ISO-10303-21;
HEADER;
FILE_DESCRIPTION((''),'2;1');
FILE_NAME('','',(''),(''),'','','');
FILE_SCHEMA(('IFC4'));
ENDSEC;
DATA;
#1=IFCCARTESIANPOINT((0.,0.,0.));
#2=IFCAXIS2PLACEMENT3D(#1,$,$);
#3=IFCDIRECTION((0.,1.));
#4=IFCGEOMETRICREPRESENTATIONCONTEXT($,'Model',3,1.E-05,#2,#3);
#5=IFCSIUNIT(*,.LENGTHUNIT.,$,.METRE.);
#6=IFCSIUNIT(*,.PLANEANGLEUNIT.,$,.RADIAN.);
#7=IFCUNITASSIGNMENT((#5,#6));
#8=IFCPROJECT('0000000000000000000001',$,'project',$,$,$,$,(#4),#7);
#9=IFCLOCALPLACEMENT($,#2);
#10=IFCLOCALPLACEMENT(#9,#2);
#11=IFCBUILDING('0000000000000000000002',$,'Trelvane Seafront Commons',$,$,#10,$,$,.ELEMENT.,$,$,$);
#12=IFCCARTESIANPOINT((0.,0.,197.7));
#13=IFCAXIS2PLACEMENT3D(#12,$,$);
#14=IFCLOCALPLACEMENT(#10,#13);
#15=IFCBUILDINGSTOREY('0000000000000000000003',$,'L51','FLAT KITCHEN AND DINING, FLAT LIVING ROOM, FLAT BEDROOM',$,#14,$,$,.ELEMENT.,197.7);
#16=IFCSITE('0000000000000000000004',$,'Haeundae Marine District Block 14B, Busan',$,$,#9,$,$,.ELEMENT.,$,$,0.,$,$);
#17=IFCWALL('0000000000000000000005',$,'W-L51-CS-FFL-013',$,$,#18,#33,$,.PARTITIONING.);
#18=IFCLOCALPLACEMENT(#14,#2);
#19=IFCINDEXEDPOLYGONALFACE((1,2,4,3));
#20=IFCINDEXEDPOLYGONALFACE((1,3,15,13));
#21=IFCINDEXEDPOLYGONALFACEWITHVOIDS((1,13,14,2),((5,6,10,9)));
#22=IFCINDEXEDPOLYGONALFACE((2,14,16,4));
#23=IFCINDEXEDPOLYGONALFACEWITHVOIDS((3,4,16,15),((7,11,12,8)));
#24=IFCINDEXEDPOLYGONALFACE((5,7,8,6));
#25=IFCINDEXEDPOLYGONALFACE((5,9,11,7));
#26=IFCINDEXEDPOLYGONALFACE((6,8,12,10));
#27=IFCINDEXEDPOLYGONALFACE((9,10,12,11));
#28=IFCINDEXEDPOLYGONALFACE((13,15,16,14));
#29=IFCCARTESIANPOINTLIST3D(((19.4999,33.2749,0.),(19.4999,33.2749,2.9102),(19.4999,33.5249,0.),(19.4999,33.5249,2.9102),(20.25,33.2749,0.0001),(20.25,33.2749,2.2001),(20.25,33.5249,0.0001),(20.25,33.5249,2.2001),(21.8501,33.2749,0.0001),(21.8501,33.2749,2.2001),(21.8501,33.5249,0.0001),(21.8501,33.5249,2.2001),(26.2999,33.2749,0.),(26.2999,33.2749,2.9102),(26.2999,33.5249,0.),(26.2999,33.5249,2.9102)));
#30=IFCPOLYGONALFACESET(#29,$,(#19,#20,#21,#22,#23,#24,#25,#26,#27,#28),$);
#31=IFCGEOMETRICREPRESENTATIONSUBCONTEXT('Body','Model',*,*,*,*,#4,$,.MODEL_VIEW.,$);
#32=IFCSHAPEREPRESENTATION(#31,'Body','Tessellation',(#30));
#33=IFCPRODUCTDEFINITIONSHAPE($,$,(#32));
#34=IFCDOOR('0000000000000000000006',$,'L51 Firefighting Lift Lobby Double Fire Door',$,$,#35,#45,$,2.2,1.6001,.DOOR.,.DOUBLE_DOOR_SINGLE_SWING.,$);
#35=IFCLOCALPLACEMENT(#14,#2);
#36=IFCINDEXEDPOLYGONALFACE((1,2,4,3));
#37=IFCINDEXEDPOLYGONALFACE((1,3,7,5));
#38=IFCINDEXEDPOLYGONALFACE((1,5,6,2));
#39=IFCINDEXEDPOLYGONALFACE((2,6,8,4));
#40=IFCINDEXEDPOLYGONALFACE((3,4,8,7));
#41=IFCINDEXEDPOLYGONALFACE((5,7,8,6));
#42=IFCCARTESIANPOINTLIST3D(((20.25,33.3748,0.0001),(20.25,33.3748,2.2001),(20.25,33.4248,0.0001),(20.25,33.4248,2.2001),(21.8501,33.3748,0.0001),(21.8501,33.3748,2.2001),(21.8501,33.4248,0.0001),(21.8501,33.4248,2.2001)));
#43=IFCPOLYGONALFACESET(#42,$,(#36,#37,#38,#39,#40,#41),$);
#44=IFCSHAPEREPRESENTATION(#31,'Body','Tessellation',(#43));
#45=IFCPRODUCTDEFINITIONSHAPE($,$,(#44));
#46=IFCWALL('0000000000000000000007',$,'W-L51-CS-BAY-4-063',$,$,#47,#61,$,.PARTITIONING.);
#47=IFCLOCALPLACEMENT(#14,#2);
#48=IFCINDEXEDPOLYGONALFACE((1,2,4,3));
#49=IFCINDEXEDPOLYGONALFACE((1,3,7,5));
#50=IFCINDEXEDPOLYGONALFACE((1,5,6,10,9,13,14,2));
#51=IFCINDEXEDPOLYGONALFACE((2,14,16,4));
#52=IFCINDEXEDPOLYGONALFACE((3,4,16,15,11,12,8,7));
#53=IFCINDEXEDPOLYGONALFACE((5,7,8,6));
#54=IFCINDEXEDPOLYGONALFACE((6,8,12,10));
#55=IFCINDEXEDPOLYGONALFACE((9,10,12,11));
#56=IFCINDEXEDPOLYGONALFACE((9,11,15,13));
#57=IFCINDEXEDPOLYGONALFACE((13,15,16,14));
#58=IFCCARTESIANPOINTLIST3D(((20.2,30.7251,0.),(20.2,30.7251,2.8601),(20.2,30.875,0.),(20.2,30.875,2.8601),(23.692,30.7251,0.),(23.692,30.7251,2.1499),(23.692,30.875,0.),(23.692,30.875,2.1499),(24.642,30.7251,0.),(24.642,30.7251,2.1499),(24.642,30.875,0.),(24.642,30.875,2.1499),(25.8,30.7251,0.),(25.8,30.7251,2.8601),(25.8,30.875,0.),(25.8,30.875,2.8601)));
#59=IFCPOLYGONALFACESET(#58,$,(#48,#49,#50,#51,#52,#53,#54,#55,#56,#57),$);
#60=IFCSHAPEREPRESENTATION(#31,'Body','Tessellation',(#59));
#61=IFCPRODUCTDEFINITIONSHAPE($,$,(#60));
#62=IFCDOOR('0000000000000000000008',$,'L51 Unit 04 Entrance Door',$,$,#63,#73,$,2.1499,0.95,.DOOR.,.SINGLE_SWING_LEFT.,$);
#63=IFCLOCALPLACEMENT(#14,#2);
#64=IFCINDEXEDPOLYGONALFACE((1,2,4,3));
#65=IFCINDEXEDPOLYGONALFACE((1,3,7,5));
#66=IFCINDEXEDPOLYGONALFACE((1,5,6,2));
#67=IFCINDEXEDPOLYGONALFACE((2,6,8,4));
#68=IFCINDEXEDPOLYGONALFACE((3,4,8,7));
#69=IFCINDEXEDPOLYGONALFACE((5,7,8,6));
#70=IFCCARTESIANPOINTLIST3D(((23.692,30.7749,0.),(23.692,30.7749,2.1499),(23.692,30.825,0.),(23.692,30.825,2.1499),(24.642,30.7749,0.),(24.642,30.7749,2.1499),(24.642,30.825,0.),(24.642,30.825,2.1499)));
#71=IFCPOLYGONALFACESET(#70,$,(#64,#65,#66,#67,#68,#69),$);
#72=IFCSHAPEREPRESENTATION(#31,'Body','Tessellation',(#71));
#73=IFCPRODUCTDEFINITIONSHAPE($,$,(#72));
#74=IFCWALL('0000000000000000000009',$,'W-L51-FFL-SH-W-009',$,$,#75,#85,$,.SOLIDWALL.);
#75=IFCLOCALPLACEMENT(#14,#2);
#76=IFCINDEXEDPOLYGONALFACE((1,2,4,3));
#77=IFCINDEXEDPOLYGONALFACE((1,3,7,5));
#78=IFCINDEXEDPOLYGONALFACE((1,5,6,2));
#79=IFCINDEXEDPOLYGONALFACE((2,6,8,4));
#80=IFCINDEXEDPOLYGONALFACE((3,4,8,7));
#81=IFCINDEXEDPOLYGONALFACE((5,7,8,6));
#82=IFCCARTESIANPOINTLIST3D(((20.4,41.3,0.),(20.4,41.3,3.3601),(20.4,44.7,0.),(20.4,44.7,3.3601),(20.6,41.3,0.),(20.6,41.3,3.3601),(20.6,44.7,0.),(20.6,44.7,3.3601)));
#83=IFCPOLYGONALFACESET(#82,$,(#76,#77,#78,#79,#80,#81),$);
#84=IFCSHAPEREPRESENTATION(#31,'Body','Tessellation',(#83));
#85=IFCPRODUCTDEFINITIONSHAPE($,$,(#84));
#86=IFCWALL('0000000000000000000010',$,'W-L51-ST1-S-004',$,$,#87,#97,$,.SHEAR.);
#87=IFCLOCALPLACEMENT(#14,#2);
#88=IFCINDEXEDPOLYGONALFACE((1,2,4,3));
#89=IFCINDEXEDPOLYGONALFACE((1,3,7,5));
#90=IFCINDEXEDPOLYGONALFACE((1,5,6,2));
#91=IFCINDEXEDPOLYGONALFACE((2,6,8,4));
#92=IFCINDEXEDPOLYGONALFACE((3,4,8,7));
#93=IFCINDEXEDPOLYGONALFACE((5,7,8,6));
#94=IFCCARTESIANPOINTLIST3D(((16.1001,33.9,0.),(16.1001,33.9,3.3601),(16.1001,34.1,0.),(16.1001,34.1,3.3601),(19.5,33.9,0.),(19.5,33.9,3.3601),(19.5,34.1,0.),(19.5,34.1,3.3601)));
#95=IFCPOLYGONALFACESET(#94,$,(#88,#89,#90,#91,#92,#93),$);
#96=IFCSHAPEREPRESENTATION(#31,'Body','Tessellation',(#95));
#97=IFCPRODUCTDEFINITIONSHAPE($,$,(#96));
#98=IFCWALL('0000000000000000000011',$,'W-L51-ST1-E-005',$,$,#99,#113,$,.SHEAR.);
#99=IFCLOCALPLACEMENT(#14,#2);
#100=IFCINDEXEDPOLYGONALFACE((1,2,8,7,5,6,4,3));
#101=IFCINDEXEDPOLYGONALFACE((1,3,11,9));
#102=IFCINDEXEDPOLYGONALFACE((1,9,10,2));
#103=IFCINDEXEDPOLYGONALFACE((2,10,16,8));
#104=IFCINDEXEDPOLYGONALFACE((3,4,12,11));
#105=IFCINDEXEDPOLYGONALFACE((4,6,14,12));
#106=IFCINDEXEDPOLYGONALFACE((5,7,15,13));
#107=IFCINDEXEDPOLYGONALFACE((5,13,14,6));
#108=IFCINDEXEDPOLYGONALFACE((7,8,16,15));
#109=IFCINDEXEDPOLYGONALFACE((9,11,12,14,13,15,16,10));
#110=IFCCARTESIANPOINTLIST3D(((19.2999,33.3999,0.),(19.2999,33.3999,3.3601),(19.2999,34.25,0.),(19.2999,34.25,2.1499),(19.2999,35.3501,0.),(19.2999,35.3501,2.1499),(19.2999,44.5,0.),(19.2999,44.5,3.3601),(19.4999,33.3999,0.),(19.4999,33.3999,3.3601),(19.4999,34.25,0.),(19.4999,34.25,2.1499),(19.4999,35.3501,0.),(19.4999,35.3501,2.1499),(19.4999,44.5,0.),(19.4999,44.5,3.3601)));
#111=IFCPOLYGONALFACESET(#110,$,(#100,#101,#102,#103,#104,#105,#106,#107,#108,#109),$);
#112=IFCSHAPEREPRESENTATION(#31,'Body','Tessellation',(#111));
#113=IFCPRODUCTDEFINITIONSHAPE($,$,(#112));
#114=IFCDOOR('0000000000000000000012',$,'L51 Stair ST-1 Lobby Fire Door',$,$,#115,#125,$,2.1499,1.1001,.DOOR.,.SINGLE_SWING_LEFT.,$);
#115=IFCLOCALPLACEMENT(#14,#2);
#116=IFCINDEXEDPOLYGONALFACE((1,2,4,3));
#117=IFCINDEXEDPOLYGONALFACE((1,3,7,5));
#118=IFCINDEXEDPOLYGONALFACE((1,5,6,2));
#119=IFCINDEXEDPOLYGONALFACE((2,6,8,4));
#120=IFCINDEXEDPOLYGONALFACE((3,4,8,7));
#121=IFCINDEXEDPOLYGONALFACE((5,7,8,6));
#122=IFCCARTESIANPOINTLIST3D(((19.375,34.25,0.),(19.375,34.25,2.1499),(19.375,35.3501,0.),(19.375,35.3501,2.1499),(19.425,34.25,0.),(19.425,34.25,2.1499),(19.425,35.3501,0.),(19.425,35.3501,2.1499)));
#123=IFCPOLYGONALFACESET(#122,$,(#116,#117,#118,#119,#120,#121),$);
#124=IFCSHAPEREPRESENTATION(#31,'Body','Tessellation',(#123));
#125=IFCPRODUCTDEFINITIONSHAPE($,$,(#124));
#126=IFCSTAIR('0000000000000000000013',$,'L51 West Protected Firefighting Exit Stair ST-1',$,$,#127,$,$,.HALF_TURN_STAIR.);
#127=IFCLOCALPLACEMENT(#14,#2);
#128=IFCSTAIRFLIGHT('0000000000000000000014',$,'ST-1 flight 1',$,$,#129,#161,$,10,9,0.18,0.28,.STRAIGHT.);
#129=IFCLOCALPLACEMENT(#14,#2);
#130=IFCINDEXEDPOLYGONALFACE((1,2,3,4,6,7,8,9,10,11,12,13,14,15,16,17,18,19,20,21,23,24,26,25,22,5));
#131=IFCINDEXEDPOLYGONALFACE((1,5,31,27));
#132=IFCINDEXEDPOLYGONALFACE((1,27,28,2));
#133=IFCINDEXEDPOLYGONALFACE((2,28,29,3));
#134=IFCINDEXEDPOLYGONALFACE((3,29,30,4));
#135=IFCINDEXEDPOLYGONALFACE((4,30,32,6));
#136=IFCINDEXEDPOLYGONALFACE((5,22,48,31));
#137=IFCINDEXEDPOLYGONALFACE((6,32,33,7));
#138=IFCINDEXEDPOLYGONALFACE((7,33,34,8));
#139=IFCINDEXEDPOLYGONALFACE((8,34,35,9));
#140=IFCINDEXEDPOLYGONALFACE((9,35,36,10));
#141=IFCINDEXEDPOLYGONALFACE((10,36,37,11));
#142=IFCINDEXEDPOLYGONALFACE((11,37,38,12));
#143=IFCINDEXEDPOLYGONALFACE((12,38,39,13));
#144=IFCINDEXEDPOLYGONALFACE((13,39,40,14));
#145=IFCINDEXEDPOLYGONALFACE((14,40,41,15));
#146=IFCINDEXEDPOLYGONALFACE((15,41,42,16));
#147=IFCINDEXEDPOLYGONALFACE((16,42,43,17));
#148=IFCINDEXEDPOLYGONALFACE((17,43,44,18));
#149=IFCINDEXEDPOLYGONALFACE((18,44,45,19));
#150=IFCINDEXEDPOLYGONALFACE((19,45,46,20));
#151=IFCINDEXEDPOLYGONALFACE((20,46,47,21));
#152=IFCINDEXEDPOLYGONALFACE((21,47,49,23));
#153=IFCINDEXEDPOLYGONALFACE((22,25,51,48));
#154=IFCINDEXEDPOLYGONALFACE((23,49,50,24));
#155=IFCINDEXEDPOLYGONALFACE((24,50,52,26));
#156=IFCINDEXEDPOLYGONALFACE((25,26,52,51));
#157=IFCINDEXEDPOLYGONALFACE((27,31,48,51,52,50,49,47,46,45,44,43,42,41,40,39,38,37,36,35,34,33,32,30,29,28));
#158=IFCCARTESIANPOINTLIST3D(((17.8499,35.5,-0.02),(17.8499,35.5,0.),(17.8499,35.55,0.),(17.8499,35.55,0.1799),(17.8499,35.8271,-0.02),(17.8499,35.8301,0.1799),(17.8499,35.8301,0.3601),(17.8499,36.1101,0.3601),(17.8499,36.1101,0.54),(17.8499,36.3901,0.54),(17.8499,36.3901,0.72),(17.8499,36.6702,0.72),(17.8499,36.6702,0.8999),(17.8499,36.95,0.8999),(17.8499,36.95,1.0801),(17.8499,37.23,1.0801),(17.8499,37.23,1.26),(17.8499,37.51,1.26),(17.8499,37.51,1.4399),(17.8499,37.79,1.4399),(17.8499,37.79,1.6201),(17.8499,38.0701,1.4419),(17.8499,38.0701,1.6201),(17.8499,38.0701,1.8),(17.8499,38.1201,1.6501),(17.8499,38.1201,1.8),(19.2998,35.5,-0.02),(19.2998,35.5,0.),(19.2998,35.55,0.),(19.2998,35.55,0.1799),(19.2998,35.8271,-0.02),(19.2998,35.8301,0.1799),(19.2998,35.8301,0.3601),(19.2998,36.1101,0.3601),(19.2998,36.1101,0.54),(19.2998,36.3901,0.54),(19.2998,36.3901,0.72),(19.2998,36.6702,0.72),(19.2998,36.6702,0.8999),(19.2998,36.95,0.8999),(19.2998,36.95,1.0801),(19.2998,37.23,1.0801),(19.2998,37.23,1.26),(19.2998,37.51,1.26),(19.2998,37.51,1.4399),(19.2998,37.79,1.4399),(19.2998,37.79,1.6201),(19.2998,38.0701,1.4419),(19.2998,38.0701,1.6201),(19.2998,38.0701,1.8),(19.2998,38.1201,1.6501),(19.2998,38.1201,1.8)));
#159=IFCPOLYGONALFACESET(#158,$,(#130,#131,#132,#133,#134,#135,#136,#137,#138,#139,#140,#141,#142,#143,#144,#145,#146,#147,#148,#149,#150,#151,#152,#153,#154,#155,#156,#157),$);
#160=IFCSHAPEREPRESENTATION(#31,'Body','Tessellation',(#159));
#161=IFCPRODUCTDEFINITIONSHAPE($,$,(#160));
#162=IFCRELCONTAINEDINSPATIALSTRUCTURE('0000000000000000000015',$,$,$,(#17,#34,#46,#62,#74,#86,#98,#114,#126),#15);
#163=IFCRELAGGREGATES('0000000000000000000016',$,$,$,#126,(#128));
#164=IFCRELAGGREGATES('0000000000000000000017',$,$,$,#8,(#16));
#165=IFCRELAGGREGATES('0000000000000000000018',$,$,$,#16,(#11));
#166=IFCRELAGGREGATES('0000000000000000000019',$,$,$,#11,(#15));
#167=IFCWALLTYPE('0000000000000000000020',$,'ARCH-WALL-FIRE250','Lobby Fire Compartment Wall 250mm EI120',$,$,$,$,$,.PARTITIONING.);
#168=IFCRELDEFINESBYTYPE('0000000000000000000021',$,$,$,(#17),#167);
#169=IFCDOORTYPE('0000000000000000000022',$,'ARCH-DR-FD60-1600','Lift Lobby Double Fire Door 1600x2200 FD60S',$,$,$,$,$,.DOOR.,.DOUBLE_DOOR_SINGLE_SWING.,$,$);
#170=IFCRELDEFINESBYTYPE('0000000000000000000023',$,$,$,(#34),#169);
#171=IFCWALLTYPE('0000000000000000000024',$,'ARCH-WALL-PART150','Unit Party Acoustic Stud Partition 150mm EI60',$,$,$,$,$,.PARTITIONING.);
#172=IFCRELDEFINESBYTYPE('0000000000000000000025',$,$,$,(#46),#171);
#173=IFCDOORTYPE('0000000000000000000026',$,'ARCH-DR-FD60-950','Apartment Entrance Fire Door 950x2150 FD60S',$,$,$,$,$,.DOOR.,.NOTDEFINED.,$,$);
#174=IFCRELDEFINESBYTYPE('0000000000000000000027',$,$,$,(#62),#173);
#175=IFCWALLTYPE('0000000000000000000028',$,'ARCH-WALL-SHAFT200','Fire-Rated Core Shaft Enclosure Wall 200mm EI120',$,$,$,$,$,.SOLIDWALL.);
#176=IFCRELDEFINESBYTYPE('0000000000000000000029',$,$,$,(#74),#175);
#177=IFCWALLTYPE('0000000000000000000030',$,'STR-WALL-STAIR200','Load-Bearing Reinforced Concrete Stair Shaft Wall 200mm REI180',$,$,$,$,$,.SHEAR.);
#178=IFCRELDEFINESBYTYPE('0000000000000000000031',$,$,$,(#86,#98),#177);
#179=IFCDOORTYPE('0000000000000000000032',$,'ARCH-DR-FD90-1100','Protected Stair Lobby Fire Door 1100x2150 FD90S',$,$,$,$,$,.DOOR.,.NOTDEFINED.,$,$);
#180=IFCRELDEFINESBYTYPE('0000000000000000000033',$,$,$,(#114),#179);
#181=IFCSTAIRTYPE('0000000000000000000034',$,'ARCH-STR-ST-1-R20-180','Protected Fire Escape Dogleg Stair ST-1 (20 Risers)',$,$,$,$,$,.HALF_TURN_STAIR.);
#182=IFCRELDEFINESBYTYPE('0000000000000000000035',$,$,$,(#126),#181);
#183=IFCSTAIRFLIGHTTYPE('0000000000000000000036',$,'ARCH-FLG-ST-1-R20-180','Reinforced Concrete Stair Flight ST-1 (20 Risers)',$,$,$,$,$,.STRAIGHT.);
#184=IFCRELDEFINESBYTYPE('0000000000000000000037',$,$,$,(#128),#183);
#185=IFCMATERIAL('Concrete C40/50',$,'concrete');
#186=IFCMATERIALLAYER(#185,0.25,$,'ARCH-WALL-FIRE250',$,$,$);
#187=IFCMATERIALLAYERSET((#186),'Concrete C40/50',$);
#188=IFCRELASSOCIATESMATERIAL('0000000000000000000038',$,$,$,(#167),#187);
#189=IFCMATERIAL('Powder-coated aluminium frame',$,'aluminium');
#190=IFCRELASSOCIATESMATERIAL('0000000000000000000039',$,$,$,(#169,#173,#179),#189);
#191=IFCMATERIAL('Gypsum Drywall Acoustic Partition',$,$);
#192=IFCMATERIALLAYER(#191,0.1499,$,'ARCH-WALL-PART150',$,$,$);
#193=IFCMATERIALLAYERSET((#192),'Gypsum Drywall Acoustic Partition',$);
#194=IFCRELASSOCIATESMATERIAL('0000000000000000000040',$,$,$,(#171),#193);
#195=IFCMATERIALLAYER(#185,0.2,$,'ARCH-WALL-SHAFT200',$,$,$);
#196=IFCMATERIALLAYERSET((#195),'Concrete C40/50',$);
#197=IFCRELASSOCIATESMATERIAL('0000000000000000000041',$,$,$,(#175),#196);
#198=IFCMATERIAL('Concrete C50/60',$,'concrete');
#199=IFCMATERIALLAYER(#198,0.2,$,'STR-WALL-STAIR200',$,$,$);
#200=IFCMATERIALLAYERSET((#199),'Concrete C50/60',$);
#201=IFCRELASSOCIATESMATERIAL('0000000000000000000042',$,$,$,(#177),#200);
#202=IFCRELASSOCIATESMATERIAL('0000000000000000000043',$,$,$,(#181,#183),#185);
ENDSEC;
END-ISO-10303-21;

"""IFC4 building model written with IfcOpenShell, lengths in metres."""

from ifc_helpers import new_model, si_unit, direction, frame, frame_2d, origin, place, context, subcontext, project, spatial, polyline, rectangle, outline, extrude, source, transform, mapped, material, layer, layer_set, type_object, element, fill, aggregate, save


model = new_model("IFC4")

# Units and contexts
model_context = context("Model", 3, precision=1e-05, world=origin(), true_north=direction((0.0, 1.0)))
body_context = subcontext(model_context, "Body", "Model", "MODEL_VIEW")
ifc_project = project(units=[si_unit("LENGTHUNIT", "METRE"), si_unit("PLANEANGLEUNIT", "RADIAN")], contexts=[model_context])

# Site, building, storey
site_placement = place(None, origin())
site = spatial("IfcSite", under=ifc_project, at=site_placement, Name="Haeundae Marine District Block 14B, Busan", CompositionType="ELEMENT", RefElevation=0.0)
building_placement = place(site_placement, origin())
building = spatial("IfcBuilding", under=site, at=building_placement, Name="Trelvane Seafront Commons", CompositionType="ELEMENT")
storey_placement = place(building_placement, frame((0.0, 0.0, 197.7)))
storey = spatial("IfcBuildingStorey", under=building, at=storey_placement, Name="L51", Description="FLAT KITCHEN AND DINING, FLAT LIVING ROOM, FLAT BEDROOM", CompositionType="ELEMENT", Elevation=197.7)

# Walls, openings, doors
ifc_material_1 = material(Name="Concrete C40/50", Category="concrete")
ifc_layer_1 = layer(ifc_material_1, 0.25, Name="ARCH-WALL-FIRE250")
ifc_layer_set_1 = layer_set([ifc_layer_1], Name="Concrete C40/50")
wall_type_1 = type_object("IfcWallType", Name="ARCH-WALL-FIRE250", Description="Lobby Fire Compartment Wall 250mm EI120", PredefinedType="PARTITIONING", material=ifc_layer_set_1)
wall_1_placement = place(storey_placement, frame((19.5, 33.3999, 0.0), z_axis=(0.0, 0.0, 1.0), x_axis=(1.0, 0.0, 0.0)))
wall_1 = element("IfcWall", 1, at=wall_1_placement, inside=storey, type_object=wall_type_1, Name="W-L51-CS-FFL-013", PredefinedType="PARTITIONING", context=body_context, shape_type="SweptSolid", body=[
    extrude(rectangle(XDim=6.8, YDim=0.25, at=frame_2d((3.3999, 0.0))), origin(), (0.0, 0.0, 1.0), 2.9102),
])
opening_1_placement = place(wall_1_placement, frame((0.75, 0.0, 0.0)))
opening_1 = element("IfcOpeningElement", 2, at=opening_1_placement, cuts=wall_1, PredefinedType="OPENING", context=body_context, shape_type="SweptSolid", body=[
    extrude(rectangle(XDim=1.6001, YDim=2.2, at=frame_2d((0.8, 1.1001))), frame((0.0, 0.135, 0.0), z_axis=(0.0, -1.0, 0.0), x_axis=(1.0, 0.0, 0.0)), (0.0, 0.0, 1.0), 0.27),
])
ifc_material_2 = material(Name="Powder-coated aluminium frame", Category="aluminium")
door_type_1 = type_object("IfcDoorType", Name="ARCH-DR-FD60-1600", Description="Lift Lobby Double Fire Door 1600x2200 FD60S", OperationType="DOUBLE_DOOR_SINGLE_SWING", PredefinedType="DOOR", material=ifc_material_2)
shared_shape_1 = source(origin(), body_context, "Body", "SweptSolid", [
    extrude(rectangle(XDim=1.6001, YDim=2.2, at=frame_2d((0.8, 1.1001))), frame((0.0, 0.0249, 0.0), z_axis=(0.0, -1.0, 0.0), x_axis=(1.0, 0.0, 0.0)), (0.0, 0.0, 1.0), 0.05),
])
door_1_placement = place(opening_1_placement, origin())
door_1 = element("IfcDoor", 3, at=door_1_placement, inside=storey, type_object=door_type_1, Name="L51 Firefighting Lift Lobby Double Fire Door", OperationType="DOUBLE_DOOR_SINGLE_SWING", OverallHeight=2.2, OverallWidth=1.6001, PredefinedType="DOOR", context=body_context, shape_type="MappedRepresentation", body=[
    mapped(shared_shape_1, transform((0.0, 0.0, 0.0), x_axis=(1.0, 0.0, 0.0), y_axis=(0.0, 1.0, 0.0), z_axis=(0.0, 0.0, 1.0), scale=1.0)),
])
fill(opening_1, door_1)
ifc_material_3 = material(Name="Gypsum Drywall Acoustic Partition")
ifc_layer_2 = layer(ifc_material_3, 0.1499, Name="ARCH-WALL-PART150")
ifc_layer_set_2 = layer_set([ifc_layer_2], Name="Gypsum Drywall Acoustic Partition")
wall_type_2 = type_object("IfcWallType", Name="ARCH-WALL-PART150", Description="Unit Party Acoustic Stud Partition 150mm EI60", PredefinedType="PARTITIONING", material=ifc_layer_set_2)
wall_2_placement = place(storey_placement, frame((20.2, 30.8, 0.0), z_axis=(0.0, 0.0, 1.0), x_axis=(1.0, 0.0, 0.0)))
wall_2 = element("IfcWall", 4, at=wall_2_placement, inside=storey, type_object=wall_type_2, Name="W-L51-CS-BAY-4-063", PredefinedType="PARTITIONING", context=body_context, shape_type="SweptSolid", body=[
    extrude(rectangle(XDim=5.6001, YDim=0.1499, at=frame_2d((2.8, 0.0))), origin(), (0.0, 0.0, 1.0), 2.8601),
])
opening_2_placement = place(wall_2_placement, frame((3.4919, 0.0, 0.0)))
opening_2 = element("IfcOpeningElement", 5, at=opening_2_placement, cuts=wall_2, PredefinedType="OPENING", context=body_context, shape_type="SweptSolid", body=[
    extrude(rectangle(XDim=0.95, YDim=2.1499, at=frame_2d((0.4751, 1.075))), frame((0.0, 0.085, 0.0), z_axis=(0.0, -1.0, 0.0), x_axis=(1.0, 0.0, 0.0)), (0.0, 0.0, 1.0), 0.1699),
])
door_type_2 = type_object("IfcDoorType", Name="ARCH-DR-FD60-950", Description="Apartment Entrance Fire Door 950x2150 FD60S", OperationType="NOTDEFINED", PredefinedType="DOOR", material=ifc_material_2)
shared_shape_2 = source(origin(), body_context, "Body", "SweptSolid", [
    extrude(rectangle(XDim=0.95, YDim=2.1499, at=frame_2d((0.4751, 1.075))), frame((0.0, 0.0249, 0.0), z_axis=(0.0, -1.0, 0.0), x_axis=(1.0, 0.0, 0.0)), (0.0, 0.0, 1.0), 0.05),
])
door_2_placement = place(opening_2_placement, origin())
door_2 = element("IfcDoor", 6, at=door_2_placement, inside=storey, type_object=door_type_2, Name="L51 Unit 04 Entrance Door", OperationType="SINGLE_SWING_LEFT", OverallHeight=2.1499, OverallWidth=0.95, PredefinedType="DOOR", context=body_context, shape_type="MappedRepresentation", body=[
    mapped(shared_shape_2, transform((0.0, 0.0, 0.0), x_axis=(1.0, 0.0, 0.0), y_axis=(0.0, 1.0, 0.0), z_axis=(0.0, 0.0, 1.0), scale=1.0)),
])
fill(opening_2, door_2)

# Shared definitions
ifc_layer_3 = layer(ifc_material_1, 0.2, Name="ARCH-WALL-SHAFT200")
ifc_layer_set_3 = layer_set([ifc_layer_3], Name="Concrete C40/50")
wall_type_3 = type_object("IfcWallType", Name="ARCH-WALL-SHAFT200", Description="Fire-Rated Core Shaft Enclosure Wall 200mm EI120", PredefinedType="SOLIDWALL", material=ifc_layer_set_3)
shared_shape_3 = source(origin(), body_context, "Body", "SweptSolid", [
    extrude(rectangle(XDim=1.1001, YDim=2.1499, at=frame_2d((0.55, 1.075))), frame((0.0, 0.0249, 0.0), z_axis=(0.0, -1.0, 0.0), x_axis=(1.0, 0.0, 0.0)), (0.0, 0.0, 1.0), 0.05),
])

# Walls
wall_3_placement = place(storey_placement, frame((20.5, 41.3, 0.0), z_axis=(0.0, 0.0, 1.0), x_axis=(0.0, 1.0, 0.0)))
element("IfcWall", 7, at=wall_3_placement, inside=storey, type_object=wall_type_3, Name="W-L51-FFL-SH-W-009", PredefinedType="SOLIDWALL", context=body_context, shape_type="SweptSolid", body=[
    extrude(rectangle(XDim=3.3999, YDim=0.2, at=frame_2d((1.7, 0.0))), origin(), (0.0, 0.0, 1.0), 3.3601),
])
ifc_material_4 = material(Name="Concrete C50/60", Category="concrete")
ifc_layer_4 = layer(ifc_material_4, 0.2, Name="STR-WALL-STAIR200")
ifc_layer_set_4 = layer_set([ifc_layer_4], Name="Concrete C50/60")
wall_type_4 = type_object("IfcWallType", Name="STR-WALL-STAIR200", Description="Load-Bearing Reinforced Concrete Stair Shaft Wall 200mm REI180", PredefinedType="SHEAR", material=ifc_layer_set_4)
wall_4_placement = place(storey_placement, frame((16.1001, 34.0, 0.0), z_axis=(0.0, 0.0, 1.0), x_axis=(1.0, 0.0, 0.0)))
element("IfcWall", 8, at=wall_4_placement, inside=storey, type_object=wall_type_4, Name="W-L51-ST1-S-004", PredefinedType="SHEAR", context=body_context, shape_type="SweptSolid", body=[
    extrude(rectangle(XDim=3.3999, YDim=0.2, at=frame_2d((1.7, 0.0))), origin(), (0.0, 0.0, 1.0), 3.3601),
])

# Wall, opening, door
wall_5_placement = place(storey_placement, frame((19.3999, 33.3999, 0.0), z_axis=(0.0, 0.0, 1.0), x_axis=(0.0, 1.0, 0.0)))
wall_5 = element("IfcWall", 9, at=wall_5_placement, inside=storey, type_object=wall_type_4, Name="W-L51-ST1-E-005", PredefinedType="SHEAR", context=body_context, shape_type="SweptSolid", body=[
    extrude(rectangle(XDim=11.1001, YDim=0.2, at=frame_2d((5.55, 0.0))), origin(), (0.0, 0.0, 1.0), 3.3601),
])
opening_3_placement = place(wall_5_placement, frame((0.8501, 0.0, 0.0)))
opening_3 = element("IfcOpeningElement", 10, at=opening_3_placement, cuts=wall_5, PredefinedType="OPENING", context=body_context, shape_type="SweptSolid", body=[
    extrude(rectangle(XDim=1.1001, YDim=2.1499, at=frame_2d((0.55, 1.075))), frame((0.0, 0.1099, 0.0), z_axis=(0.0, -1.0, 0.0), x_axis=(1.0, 0.0, 0.0)), (0.0, 0.0, 1.0), 0.22),
])
door_type_3 = type_object("IfcDoorType", Name="ARCH-DR-FD90-1100", Description="Protected Stair Lobby Fire Door 1100x2150 FD90S", OperationType="NOTDEFINED", PredefinedType="DOOR", material=ifc_material_2)
door_3_placement = place(opening_3_placement, origin())
door_3 = element("IfcDoor", 11, at=door_3_placement, inside=storey, type_object=door_type_3, Name="L51 Stair ST-1 Lobby Fire Door", OperationType="SINGLE_SWING_LEFT", OverallHeight=2.1499, OverallWidth=1.1001, PredefinedType="DOOR", context=body_context, shape_type="MappedRepresentation", body=[
    mapped(shared_shape_3, transform((0.0, 0.0, 0.0), x_axis=(1.0, 0.0, 0.0), y_axis=(0.0, 1.0, 0.0), z_axis=(0.0, 0.0, 1.0), scale=1.0)),
])
fill(opening_3, door_3)

# Stair, stair flight
stair_type = type_object("IfcStairType", Name="ARCH-STR-ST-1-R20-180", Description="Protected Fire Escape Dogleg Stair ST-1 (20 Risers)", PredefinedType="HALF_TURN_STAIR", material=ifc_material_1)
stair_placement = place(storey_placement, origin())
stair = element("IfcStair", 12, at=stair_placement, inside=storey, type_object=stair_type, Name="L51 West Protected Firefighting Exit Stair ST-1", PredefinedType="HALF_TURN_STAIR")
stair_flight_type = type_object("IfcStairFlightType", Name="ARCH-FLG-ST-1-R20-180", Description="Reinforced Concrete Stair Flight ST-1 (20 Risers)", PredefinedType="STRAIGHT", material=ifc_material_1)
shared_shape_4 = source(origin(), body_context, "Body", "SweptSolid", [
    extrude(outline(polyline([(-0.05, -0.02), (-0.05, 0.0), (0.0, 0.0), (0.0, 0.1799), (0.28, 0.1799), (0.28, 0.3601), (0.5601, 0.3601), (0.5601, 0.54), (0.8401, 0.54), (0.8401, 0.72), (1.1201, 0.72), (1.1201, 0.8999), (1.3999, 0.8999), (1.3999, 1.0801), (1.6799, 1.0801), (1.6799, 1.26), (1.96, 1.26), (1.96, 1.4399), (2.24, 1.4399), (2.24, 1.6201), (2.52, 1.6201), (2.52, 1.8), (2.5701, 1.8), (2.5701, 1.6501), (2.52, 1.4419), (0.2771, -0.02), (-0.05, -0.02)])), frame((0.0, 0.7251, 0.0), z_axis=(0.0, -1.0, 0.0), x_axis=(1.0, 0.0, 0.0)), (0.0, 0.0, 1.0), 1.45),
])
stair_flight_1_placement = place(storey_placement, frame((18.575, 35.55, 0.0), z_axis=(0.0, 0.0, 1.0), x_axis=(0.0, 1.0, 0.0)))
stair_flight_1 = element("IfcStairFlight", 13, at=stair_flight_1_placement, type_object=stair_flight_type, Name="ST-1 flight 1", NumberOfRisers=10, NumberOfTreads=9, PredefinedType="STRAIGHT", RiserHeight=0.18, TreadLength=0.28, context=body_context, shape_type="MappedRepresentation", body=[
    mapped(shared_shape_4, transform((0.0, 0.0, 0.0), x_axis=(1.0, 0.0, 0.0), y_axis=(0.0, 1.0, 0.0), z_axis=(0.0, 0.0, 1.0), scale=1.0)),
])
aggregate(stair, [stair_flight_1])

save(model, "model.ifc")
